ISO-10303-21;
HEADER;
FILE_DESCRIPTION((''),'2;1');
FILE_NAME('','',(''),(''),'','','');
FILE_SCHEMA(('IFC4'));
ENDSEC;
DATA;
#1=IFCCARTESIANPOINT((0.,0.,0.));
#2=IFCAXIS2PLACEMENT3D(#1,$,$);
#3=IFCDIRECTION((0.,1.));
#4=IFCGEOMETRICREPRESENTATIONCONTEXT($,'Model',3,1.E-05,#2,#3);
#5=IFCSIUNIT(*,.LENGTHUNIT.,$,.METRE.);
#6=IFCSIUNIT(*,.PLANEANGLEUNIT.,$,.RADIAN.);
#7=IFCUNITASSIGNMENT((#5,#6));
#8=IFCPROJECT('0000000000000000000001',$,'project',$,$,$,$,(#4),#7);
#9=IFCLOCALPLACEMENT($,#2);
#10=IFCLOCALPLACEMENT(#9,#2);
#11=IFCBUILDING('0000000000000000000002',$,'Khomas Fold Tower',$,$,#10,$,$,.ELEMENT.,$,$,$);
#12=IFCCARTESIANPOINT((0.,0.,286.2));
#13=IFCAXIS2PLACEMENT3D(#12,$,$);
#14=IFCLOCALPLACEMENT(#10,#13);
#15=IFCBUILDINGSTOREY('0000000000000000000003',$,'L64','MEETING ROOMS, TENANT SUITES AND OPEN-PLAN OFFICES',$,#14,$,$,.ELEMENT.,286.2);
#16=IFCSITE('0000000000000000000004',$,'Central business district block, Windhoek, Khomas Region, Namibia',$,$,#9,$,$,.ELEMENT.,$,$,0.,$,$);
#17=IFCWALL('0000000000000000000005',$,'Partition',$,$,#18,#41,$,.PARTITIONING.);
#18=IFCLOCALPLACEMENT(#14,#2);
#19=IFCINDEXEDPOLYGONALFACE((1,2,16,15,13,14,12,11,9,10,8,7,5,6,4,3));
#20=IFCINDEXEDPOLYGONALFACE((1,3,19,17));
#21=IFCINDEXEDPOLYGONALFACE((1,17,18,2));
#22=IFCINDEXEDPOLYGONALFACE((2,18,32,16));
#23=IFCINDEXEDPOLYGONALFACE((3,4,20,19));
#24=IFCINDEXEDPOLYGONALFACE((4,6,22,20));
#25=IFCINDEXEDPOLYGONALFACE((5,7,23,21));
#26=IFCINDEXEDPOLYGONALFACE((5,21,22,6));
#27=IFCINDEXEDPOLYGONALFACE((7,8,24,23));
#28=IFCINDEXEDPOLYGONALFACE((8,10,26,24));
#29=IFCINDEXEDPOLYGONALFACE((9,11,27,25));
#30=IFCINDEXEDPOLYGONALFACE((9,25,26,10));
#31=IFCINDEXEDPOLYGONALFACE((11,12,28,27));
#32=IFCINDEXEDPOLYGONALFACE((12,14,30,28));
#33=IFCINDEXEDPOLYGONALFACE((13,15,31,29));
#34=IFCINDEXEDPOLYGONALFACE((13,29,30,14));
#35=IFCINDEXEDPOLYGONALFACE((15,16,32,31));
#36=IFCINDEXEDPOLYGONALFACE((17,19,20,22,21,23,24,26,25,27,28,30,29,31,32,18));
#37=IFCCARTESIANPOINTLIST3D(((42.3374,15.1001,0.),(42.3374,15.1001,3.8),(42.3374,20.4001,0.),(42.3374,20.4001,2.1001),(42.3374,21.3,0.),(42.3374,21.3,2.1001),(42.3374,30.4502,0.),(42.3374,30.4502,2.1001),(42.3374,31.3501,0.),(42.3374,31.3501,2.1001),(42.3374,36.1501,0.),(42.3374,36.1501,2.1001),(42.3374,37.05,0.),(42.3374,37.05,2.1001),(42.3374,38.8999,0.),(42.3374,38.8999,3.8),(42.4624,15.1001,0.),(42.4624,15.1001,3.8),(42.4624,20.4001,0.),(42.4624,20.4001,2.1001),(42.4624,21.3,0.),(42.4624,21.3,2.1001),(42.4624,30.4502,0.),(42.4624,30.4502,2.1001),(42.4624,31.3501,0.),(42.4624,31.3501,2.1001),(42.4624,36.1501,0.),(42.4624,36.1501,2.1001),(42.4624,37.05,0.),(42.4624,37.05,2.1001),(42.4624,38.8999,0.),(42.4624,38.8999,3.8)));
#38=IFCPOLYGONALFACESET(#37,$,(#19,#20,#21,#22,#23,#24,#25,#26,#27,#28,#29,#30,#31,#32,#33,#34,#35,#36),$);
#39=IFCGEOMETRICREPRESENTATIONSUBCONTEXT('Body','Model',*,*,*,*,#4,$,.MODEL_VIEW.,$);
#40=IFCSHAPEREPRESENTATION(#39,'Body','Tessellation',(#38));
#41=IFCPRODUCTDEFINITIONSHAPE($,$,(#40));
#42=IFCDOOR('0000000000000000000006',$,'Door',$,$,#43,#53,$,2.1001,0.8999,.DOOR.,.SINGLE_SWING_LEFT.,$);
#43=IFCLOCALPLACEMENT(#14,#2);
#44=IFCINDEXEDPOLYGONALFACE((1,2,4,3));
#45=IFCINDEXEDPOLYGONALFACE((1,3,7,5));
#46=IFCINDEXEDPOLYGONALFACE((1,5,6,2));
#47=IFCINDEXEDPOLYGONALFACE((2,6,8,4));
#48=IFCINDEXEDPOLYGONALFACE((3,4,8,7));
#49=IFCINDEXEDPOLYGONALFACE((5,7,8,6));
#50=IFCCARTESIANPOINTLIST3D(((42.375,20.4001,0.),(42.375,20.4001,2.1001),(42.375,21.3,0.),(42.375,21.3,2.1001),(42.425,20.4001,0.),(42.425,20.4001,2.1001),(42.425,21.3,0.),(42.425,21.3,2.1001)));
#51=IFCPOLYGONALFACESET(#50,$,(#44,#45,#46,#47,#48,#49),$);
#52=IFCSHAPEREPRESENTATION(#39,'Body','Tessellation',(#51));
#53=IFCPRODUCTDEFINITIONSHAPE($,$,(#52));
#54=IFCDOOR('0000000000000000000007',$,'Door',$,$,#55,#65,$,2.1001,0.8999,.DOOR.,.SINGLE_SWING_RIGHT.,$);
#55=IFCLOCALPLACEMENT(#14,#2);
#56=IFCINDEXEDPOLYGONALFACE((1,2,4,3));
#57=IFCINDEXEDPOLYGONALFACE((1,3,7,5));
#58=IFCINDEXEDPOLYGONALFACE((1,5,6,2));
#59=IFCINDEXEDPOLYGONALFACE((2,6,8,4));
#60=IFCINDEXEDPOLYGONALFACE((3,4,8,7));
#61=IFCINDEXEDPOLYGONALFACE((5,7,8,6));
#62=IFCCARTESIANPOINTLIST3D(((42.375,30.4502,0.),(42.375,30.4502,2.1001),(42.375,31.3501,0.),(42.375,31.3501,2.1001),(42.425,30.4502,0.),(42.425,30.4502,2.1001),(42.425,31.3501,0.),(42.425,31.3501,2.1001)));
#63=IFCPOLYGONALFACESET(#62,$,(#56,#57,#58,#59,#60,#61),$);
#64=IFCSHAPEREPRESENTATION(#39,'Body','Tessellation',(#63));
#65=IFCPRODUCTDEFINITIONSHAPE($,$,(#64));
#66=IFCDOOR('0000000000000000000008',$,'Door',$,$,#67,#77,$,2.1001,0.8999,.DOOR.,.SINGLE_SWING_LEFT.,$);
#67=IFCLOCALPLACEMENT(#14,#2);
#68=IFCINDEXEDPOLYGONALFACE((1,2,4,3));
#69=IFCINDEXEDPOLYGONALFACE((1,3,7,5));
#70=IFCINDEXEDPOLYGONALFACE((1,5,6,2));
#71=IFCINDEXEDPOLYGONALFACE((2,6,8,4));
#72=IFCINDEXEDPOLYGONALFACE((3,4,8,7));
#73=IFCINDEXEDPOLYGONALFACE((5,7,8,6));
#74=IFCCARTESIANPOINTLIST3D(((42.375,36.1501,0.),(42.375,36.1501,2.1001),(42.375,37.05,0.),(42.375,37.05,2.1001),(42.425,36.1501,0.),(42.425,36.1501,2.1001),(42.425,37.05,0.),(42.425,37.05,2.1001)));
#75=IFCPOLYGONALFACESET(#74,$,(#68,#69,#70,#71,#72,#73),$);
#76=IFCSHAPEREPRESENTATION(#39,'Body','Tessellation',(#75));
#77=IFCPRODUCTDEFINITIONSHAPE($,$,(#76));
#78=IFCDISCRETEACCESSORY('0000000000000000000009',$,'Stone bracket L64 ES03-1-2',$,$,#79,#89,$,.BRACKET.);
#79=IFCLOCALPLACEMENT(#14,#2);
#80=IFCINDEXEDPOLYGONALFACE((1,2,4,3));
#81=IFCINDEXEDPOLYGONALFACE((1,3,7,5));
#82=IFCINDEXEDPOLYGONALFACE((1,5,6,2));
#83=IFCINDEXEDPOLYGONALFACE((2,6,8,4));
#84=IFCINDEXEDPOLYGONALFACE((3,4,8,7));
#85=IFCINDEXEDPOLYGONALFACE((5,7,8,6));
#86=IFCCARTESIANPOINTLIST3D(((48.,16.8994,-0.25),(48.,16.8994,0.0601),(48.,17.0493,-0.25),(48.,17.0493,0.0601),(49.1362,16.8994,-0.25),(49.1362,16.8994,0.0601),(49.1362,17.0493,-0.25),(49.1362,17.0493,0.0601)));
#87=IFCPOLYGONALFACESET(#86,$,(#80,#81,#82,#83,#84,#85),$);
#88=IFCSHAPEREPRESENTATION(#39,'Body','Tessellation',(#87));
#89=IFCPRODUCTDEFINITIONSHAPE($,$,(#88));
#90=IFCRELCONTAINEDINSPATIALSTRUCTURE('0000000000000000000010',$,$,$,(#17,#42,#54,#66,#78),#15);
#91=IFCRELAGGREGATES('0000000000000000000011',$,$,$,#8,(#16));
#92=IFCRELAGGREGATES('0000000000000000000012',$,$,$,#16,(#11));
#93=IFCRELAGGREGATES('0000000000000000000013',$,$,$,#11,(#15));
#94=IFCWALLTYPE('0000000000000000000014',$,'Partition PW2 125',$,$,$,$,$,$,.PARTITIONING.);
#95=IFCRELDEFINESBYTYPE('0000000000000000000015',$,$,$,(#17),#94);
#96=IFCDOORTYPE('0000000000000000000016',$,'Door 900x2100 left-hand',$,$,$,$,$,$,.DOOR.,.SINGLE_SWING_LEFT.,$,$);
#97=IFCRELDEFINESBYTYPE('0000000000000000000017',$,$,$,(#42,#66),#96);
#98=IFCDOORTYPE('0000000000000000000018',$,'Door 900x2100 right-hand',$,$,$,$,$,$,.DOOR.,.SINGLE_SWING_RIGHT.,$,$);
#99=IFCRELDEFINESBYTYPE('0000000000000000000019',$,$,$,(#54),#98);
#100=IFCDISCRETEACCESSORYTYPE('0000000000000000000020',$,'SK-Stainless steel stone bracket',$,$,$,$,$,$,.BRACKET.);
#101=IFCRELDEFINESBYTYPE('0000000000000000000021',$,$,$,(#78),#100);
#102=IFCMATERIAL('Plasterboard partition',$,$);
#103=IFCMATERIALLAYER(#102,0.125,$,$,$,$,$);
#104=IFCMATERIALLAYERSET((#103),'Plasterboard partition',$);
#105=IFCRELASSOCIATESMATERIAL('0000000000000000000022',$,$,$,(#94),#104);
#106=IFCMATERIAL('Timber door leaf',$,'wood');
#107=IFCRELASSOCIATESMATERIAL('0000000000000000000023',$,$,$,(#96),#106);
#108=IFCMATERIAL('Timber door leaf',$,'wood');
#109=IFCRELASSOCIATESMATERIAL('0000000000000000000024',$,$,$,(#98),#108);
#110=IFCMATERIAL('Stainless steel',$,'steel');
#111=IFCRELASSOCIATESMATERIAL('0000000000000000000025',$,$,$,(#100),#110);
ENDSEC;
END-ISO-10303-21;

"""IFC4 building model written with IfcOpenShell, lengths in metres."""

from ifc_helpers import new_model, si_unit, direction, frame, frame_2d, origin, origin_2d, place, context, subcontext, project, spatial, rectangle, extrude, source, transform, mapped, material, layer, layer_set, type_object, element, fill, save


model = new_model("IFC4")

# Units and contexts
model_context = context("Model", 3, precision=1e-05, world=origin(), true_north=direction((0.0, 1.0)))
body_context = subcontext(model_context, "Body", "Model", "MODEL_VIEW")
ifc_project = project(units=[si_unit("LENGTHUNIT", "METRE"), si_unit("PLANEANGLEUNIT", "RADIAN")], contexts=[model_context])

# Site, building, storey
site_placement = place(None, origin())
site = spatial("IfcSite", under=ifc_project, at=site_placement, Name="Central business district block, Windhoek, Khomas Region, Namibia", CompositionType="ELEMENT", RefElevation=0.0)
building_placement = place(site_placement, origin())
building = spatial("IfcBuilding", under=site, at=building_placement, Name="Khomas Fold Tower", CompositionType="ELEMENT")
storey_placement = place(building_placement, frame((0.0, 0.0, 286.2)))
storey = spatial("IfcBuildingStorey", under=building, at=storey_placement, Name="L64", Description="MEETING ROOMS, TENANT SUITES AND OPEN-PLAN OFFICES", CompositionType="ELEMENT", Elevation=286.2)

# Wall, openings, doors
ifc_material_1 = material(Name="Plasterboard partition")
ifc_layer_1 = layer(ifc_material_1, 0.125)
ifc_layer_set_1 = layer_set([ifc_layer_1], Name="Plasterboard partition")
wall_type_1 = type_object("IfcWallType", Name="Partition PW2 125", PredefinedType="PARTITIONING", material=ifc_layer_set_1)
shared_shape_1 = source(origin(), body_context, "Body", "SweptSolid", [
    extrude(rectangle(XDim=23.7998, YDim=0.125, at=frame_2d((11.8999, 0.0))), origin(), (0.0, 0.0, 1.0), 3.8),
])
wall_1_placement = place(storey_placement, frame((42.3999, 15.1001, 0.0), z_axis=(0.0, 0.0, 1.0), x_axis=(0.0, 1.0, 0.0)))
wall_1 = element("IfcWall", 1, at=wall_1_placement, inside=storey, type_object=wall_type_1, Name="Partition", PredefinedType="PARTITIONING", context=body_context, shape_type="MappedRepresentation", body=[
    mapped(shared_shape_1, transform((0.0, 0.0, 0.0))),
])
shared_shape_2 = source(origin(), body_context, "Body", "SweptSolid", [
    extrude(rectangle(XDim=0.8999, YDim=2.1001, at=frame_2d((0.45, 1.05))), frame((0.0, 0.0725, 0.0), z_axis=(0.0, -1.0, 0.0), x_axis=(1.0, 0.0, 0.0)), (0.0, 0.0, 1.0), 0.145),
])
opening_1_placement = place(wall_1_placement, frame((5.3, 0.0, 0.0)))
opening_1 = element("IfcOpeningElement", 2, at=opening_1_placement, cuts=wall_1, PredefinedType="OPENING", context=body_context, shape_type="MappedRepresentation", body=[
    mapped(shared_shape_2, transform((0.0, 0.0, 0.0))),
])
opening_2_placement = place(wall_1_placement, frame((15.3501, 0.0, 0.0)))
opening_2 = element("IfcOpeningElement", 3, at=opening_2_placement, cuts=wall_1, PredefinedType="OPENING", context=body_context, shape_type="MappedRepresentation", body=[
    mapped(shared_shape_2, transform((0.0, 0.0, 0.0))),
])
opening_3_placement = place(wall_1_placement, frame((21.05, 0.0, 0.0)))
opening_3 = element("IfcOpeningElement", 4, at=opening_3_placement, cuts=wall_1, PredefinedType="OPENING", context=body_context, shape_type="MappedRepresentation", body=[
    mapped(shared_shape_2, transform((0.0, 0.0, 0.0))),
])
ifc_material_2 = material(Name="Timber door leaf", Category="wood")
door_type_1 = type_object("IfcDoorType", Name="Door 900x2100 left-hand", OperationType="SINGLE_SWING_LEFT", PredefinedType="DOOR", material=ifc_material_2)
shared_shape_3 = source(origin(), body_context, "Body", "SweptSolid", [
    extrude(rectangle(XDim=0.8999, YDim=2.1001, at=frame_2d((0.45, 1.05))), frame((0.0, 0.0249, 0.0), z_axis=(0.0, -1.0, 0.0), x_axis=(1.0, 0.0, 0.0)), (0.0, 0.0, 1.0), 0.05),
])
door_1_placement = place(opening_1_placement, origin())
door_1 = element("IfcDoor", 5, at=door_1_placement, inside=storey, type_object=door_type_1, Name="Door", OperationType="SINGLE_SWING_LEFT", OverallHeight=2.1001, OverallWidth=0.8999, PredefinedType="DOOR", context=body_context, shape_type="MappedRepresentation", body=[
    mapped(shared_shape_3, transform((0.0, 0.0, 0.0))),
])
fill(opening_1, door_1)
ifc_material_3 = material(Name="Timber door leaf", Category="wood")
door_type_2 = type_object("IfcDoorType", Name="Door 900x2100 right-hand", OperationType="SINGLE_SWING_RIGHT", PredefinedType="DOOR", material=ifc_material_3)
door_2_placement = place(opening_2_placement, origin())
door_2 = element("IfcDoor", 6, at=door_2_placement, inside=storey, type_object=door_type_2, Name="Door", OperationType="SINGLE_SWING_RIGHT", OverallHeight=2.1001, OverallWidth=0.8999, PredefinedType="DOOR", context=body_context, shape_type="MappedRepresentation", body=[
    mapped(shared_shape_3, transform((0.0, 0.0, 0.0))),
])
fill(opening_2, door_2)
door_3_placement = place(opening_3_placement, origin())
door_3 = element("IfcDoor", 7, at=door_3_placement, inside=storey, type_object=door_type_1, Name="Door", OperationType="SINGLE_SWING_LEFT", OverallHeight=2.1001, OverallWidth=0.8999, PredefinedType="DOOR", context=body_context, shape_type="MappedRepresentation", body=[
    mapped(shared_shape_3, transform((0.0, 0.0, 0.0))),
])
fill(opening_3, door_3)

# Discrete accessory
ifc_material_4 = material(Name="Stainless steel", Category="steel")
discrete_accessory_type = type_object("IfcDiscreteAccessoryType", Name="SK-Stainless steel stone bracket", PredefinedType="BRACKET", material=ifc_material_4)
shared_shape_4 = source(origin(), body_context, "Body", "SweptSolid", [
    extrude(rectangle(XDim=1.1362, YDim=0.1499, at=origin_2d()), origin(), (0.0, 0.0, 1.0), 0.3101),
])
discrete_accessory_placement = place(storey_placement, frame((48.5681, 16.9744, -0.25), z_axis=(0.0, 0.0, 1.0), x_axis=(1.0, 0.0, 0.0)))
element("IfcDiscreteAccessory", 8, at=discrete_accessory_placement, inside=storey, type_object=discrete_accessory_type, Name="Stone bracket L64 ES03-1-2", PredefinedType="BRACKET", context=body_context, shape_type="MappedRepresentation", body=[
    mapped(shared_shape_4, transform((0.0, 0.0, 0.0))),
])

save(model, "model.ifc")
